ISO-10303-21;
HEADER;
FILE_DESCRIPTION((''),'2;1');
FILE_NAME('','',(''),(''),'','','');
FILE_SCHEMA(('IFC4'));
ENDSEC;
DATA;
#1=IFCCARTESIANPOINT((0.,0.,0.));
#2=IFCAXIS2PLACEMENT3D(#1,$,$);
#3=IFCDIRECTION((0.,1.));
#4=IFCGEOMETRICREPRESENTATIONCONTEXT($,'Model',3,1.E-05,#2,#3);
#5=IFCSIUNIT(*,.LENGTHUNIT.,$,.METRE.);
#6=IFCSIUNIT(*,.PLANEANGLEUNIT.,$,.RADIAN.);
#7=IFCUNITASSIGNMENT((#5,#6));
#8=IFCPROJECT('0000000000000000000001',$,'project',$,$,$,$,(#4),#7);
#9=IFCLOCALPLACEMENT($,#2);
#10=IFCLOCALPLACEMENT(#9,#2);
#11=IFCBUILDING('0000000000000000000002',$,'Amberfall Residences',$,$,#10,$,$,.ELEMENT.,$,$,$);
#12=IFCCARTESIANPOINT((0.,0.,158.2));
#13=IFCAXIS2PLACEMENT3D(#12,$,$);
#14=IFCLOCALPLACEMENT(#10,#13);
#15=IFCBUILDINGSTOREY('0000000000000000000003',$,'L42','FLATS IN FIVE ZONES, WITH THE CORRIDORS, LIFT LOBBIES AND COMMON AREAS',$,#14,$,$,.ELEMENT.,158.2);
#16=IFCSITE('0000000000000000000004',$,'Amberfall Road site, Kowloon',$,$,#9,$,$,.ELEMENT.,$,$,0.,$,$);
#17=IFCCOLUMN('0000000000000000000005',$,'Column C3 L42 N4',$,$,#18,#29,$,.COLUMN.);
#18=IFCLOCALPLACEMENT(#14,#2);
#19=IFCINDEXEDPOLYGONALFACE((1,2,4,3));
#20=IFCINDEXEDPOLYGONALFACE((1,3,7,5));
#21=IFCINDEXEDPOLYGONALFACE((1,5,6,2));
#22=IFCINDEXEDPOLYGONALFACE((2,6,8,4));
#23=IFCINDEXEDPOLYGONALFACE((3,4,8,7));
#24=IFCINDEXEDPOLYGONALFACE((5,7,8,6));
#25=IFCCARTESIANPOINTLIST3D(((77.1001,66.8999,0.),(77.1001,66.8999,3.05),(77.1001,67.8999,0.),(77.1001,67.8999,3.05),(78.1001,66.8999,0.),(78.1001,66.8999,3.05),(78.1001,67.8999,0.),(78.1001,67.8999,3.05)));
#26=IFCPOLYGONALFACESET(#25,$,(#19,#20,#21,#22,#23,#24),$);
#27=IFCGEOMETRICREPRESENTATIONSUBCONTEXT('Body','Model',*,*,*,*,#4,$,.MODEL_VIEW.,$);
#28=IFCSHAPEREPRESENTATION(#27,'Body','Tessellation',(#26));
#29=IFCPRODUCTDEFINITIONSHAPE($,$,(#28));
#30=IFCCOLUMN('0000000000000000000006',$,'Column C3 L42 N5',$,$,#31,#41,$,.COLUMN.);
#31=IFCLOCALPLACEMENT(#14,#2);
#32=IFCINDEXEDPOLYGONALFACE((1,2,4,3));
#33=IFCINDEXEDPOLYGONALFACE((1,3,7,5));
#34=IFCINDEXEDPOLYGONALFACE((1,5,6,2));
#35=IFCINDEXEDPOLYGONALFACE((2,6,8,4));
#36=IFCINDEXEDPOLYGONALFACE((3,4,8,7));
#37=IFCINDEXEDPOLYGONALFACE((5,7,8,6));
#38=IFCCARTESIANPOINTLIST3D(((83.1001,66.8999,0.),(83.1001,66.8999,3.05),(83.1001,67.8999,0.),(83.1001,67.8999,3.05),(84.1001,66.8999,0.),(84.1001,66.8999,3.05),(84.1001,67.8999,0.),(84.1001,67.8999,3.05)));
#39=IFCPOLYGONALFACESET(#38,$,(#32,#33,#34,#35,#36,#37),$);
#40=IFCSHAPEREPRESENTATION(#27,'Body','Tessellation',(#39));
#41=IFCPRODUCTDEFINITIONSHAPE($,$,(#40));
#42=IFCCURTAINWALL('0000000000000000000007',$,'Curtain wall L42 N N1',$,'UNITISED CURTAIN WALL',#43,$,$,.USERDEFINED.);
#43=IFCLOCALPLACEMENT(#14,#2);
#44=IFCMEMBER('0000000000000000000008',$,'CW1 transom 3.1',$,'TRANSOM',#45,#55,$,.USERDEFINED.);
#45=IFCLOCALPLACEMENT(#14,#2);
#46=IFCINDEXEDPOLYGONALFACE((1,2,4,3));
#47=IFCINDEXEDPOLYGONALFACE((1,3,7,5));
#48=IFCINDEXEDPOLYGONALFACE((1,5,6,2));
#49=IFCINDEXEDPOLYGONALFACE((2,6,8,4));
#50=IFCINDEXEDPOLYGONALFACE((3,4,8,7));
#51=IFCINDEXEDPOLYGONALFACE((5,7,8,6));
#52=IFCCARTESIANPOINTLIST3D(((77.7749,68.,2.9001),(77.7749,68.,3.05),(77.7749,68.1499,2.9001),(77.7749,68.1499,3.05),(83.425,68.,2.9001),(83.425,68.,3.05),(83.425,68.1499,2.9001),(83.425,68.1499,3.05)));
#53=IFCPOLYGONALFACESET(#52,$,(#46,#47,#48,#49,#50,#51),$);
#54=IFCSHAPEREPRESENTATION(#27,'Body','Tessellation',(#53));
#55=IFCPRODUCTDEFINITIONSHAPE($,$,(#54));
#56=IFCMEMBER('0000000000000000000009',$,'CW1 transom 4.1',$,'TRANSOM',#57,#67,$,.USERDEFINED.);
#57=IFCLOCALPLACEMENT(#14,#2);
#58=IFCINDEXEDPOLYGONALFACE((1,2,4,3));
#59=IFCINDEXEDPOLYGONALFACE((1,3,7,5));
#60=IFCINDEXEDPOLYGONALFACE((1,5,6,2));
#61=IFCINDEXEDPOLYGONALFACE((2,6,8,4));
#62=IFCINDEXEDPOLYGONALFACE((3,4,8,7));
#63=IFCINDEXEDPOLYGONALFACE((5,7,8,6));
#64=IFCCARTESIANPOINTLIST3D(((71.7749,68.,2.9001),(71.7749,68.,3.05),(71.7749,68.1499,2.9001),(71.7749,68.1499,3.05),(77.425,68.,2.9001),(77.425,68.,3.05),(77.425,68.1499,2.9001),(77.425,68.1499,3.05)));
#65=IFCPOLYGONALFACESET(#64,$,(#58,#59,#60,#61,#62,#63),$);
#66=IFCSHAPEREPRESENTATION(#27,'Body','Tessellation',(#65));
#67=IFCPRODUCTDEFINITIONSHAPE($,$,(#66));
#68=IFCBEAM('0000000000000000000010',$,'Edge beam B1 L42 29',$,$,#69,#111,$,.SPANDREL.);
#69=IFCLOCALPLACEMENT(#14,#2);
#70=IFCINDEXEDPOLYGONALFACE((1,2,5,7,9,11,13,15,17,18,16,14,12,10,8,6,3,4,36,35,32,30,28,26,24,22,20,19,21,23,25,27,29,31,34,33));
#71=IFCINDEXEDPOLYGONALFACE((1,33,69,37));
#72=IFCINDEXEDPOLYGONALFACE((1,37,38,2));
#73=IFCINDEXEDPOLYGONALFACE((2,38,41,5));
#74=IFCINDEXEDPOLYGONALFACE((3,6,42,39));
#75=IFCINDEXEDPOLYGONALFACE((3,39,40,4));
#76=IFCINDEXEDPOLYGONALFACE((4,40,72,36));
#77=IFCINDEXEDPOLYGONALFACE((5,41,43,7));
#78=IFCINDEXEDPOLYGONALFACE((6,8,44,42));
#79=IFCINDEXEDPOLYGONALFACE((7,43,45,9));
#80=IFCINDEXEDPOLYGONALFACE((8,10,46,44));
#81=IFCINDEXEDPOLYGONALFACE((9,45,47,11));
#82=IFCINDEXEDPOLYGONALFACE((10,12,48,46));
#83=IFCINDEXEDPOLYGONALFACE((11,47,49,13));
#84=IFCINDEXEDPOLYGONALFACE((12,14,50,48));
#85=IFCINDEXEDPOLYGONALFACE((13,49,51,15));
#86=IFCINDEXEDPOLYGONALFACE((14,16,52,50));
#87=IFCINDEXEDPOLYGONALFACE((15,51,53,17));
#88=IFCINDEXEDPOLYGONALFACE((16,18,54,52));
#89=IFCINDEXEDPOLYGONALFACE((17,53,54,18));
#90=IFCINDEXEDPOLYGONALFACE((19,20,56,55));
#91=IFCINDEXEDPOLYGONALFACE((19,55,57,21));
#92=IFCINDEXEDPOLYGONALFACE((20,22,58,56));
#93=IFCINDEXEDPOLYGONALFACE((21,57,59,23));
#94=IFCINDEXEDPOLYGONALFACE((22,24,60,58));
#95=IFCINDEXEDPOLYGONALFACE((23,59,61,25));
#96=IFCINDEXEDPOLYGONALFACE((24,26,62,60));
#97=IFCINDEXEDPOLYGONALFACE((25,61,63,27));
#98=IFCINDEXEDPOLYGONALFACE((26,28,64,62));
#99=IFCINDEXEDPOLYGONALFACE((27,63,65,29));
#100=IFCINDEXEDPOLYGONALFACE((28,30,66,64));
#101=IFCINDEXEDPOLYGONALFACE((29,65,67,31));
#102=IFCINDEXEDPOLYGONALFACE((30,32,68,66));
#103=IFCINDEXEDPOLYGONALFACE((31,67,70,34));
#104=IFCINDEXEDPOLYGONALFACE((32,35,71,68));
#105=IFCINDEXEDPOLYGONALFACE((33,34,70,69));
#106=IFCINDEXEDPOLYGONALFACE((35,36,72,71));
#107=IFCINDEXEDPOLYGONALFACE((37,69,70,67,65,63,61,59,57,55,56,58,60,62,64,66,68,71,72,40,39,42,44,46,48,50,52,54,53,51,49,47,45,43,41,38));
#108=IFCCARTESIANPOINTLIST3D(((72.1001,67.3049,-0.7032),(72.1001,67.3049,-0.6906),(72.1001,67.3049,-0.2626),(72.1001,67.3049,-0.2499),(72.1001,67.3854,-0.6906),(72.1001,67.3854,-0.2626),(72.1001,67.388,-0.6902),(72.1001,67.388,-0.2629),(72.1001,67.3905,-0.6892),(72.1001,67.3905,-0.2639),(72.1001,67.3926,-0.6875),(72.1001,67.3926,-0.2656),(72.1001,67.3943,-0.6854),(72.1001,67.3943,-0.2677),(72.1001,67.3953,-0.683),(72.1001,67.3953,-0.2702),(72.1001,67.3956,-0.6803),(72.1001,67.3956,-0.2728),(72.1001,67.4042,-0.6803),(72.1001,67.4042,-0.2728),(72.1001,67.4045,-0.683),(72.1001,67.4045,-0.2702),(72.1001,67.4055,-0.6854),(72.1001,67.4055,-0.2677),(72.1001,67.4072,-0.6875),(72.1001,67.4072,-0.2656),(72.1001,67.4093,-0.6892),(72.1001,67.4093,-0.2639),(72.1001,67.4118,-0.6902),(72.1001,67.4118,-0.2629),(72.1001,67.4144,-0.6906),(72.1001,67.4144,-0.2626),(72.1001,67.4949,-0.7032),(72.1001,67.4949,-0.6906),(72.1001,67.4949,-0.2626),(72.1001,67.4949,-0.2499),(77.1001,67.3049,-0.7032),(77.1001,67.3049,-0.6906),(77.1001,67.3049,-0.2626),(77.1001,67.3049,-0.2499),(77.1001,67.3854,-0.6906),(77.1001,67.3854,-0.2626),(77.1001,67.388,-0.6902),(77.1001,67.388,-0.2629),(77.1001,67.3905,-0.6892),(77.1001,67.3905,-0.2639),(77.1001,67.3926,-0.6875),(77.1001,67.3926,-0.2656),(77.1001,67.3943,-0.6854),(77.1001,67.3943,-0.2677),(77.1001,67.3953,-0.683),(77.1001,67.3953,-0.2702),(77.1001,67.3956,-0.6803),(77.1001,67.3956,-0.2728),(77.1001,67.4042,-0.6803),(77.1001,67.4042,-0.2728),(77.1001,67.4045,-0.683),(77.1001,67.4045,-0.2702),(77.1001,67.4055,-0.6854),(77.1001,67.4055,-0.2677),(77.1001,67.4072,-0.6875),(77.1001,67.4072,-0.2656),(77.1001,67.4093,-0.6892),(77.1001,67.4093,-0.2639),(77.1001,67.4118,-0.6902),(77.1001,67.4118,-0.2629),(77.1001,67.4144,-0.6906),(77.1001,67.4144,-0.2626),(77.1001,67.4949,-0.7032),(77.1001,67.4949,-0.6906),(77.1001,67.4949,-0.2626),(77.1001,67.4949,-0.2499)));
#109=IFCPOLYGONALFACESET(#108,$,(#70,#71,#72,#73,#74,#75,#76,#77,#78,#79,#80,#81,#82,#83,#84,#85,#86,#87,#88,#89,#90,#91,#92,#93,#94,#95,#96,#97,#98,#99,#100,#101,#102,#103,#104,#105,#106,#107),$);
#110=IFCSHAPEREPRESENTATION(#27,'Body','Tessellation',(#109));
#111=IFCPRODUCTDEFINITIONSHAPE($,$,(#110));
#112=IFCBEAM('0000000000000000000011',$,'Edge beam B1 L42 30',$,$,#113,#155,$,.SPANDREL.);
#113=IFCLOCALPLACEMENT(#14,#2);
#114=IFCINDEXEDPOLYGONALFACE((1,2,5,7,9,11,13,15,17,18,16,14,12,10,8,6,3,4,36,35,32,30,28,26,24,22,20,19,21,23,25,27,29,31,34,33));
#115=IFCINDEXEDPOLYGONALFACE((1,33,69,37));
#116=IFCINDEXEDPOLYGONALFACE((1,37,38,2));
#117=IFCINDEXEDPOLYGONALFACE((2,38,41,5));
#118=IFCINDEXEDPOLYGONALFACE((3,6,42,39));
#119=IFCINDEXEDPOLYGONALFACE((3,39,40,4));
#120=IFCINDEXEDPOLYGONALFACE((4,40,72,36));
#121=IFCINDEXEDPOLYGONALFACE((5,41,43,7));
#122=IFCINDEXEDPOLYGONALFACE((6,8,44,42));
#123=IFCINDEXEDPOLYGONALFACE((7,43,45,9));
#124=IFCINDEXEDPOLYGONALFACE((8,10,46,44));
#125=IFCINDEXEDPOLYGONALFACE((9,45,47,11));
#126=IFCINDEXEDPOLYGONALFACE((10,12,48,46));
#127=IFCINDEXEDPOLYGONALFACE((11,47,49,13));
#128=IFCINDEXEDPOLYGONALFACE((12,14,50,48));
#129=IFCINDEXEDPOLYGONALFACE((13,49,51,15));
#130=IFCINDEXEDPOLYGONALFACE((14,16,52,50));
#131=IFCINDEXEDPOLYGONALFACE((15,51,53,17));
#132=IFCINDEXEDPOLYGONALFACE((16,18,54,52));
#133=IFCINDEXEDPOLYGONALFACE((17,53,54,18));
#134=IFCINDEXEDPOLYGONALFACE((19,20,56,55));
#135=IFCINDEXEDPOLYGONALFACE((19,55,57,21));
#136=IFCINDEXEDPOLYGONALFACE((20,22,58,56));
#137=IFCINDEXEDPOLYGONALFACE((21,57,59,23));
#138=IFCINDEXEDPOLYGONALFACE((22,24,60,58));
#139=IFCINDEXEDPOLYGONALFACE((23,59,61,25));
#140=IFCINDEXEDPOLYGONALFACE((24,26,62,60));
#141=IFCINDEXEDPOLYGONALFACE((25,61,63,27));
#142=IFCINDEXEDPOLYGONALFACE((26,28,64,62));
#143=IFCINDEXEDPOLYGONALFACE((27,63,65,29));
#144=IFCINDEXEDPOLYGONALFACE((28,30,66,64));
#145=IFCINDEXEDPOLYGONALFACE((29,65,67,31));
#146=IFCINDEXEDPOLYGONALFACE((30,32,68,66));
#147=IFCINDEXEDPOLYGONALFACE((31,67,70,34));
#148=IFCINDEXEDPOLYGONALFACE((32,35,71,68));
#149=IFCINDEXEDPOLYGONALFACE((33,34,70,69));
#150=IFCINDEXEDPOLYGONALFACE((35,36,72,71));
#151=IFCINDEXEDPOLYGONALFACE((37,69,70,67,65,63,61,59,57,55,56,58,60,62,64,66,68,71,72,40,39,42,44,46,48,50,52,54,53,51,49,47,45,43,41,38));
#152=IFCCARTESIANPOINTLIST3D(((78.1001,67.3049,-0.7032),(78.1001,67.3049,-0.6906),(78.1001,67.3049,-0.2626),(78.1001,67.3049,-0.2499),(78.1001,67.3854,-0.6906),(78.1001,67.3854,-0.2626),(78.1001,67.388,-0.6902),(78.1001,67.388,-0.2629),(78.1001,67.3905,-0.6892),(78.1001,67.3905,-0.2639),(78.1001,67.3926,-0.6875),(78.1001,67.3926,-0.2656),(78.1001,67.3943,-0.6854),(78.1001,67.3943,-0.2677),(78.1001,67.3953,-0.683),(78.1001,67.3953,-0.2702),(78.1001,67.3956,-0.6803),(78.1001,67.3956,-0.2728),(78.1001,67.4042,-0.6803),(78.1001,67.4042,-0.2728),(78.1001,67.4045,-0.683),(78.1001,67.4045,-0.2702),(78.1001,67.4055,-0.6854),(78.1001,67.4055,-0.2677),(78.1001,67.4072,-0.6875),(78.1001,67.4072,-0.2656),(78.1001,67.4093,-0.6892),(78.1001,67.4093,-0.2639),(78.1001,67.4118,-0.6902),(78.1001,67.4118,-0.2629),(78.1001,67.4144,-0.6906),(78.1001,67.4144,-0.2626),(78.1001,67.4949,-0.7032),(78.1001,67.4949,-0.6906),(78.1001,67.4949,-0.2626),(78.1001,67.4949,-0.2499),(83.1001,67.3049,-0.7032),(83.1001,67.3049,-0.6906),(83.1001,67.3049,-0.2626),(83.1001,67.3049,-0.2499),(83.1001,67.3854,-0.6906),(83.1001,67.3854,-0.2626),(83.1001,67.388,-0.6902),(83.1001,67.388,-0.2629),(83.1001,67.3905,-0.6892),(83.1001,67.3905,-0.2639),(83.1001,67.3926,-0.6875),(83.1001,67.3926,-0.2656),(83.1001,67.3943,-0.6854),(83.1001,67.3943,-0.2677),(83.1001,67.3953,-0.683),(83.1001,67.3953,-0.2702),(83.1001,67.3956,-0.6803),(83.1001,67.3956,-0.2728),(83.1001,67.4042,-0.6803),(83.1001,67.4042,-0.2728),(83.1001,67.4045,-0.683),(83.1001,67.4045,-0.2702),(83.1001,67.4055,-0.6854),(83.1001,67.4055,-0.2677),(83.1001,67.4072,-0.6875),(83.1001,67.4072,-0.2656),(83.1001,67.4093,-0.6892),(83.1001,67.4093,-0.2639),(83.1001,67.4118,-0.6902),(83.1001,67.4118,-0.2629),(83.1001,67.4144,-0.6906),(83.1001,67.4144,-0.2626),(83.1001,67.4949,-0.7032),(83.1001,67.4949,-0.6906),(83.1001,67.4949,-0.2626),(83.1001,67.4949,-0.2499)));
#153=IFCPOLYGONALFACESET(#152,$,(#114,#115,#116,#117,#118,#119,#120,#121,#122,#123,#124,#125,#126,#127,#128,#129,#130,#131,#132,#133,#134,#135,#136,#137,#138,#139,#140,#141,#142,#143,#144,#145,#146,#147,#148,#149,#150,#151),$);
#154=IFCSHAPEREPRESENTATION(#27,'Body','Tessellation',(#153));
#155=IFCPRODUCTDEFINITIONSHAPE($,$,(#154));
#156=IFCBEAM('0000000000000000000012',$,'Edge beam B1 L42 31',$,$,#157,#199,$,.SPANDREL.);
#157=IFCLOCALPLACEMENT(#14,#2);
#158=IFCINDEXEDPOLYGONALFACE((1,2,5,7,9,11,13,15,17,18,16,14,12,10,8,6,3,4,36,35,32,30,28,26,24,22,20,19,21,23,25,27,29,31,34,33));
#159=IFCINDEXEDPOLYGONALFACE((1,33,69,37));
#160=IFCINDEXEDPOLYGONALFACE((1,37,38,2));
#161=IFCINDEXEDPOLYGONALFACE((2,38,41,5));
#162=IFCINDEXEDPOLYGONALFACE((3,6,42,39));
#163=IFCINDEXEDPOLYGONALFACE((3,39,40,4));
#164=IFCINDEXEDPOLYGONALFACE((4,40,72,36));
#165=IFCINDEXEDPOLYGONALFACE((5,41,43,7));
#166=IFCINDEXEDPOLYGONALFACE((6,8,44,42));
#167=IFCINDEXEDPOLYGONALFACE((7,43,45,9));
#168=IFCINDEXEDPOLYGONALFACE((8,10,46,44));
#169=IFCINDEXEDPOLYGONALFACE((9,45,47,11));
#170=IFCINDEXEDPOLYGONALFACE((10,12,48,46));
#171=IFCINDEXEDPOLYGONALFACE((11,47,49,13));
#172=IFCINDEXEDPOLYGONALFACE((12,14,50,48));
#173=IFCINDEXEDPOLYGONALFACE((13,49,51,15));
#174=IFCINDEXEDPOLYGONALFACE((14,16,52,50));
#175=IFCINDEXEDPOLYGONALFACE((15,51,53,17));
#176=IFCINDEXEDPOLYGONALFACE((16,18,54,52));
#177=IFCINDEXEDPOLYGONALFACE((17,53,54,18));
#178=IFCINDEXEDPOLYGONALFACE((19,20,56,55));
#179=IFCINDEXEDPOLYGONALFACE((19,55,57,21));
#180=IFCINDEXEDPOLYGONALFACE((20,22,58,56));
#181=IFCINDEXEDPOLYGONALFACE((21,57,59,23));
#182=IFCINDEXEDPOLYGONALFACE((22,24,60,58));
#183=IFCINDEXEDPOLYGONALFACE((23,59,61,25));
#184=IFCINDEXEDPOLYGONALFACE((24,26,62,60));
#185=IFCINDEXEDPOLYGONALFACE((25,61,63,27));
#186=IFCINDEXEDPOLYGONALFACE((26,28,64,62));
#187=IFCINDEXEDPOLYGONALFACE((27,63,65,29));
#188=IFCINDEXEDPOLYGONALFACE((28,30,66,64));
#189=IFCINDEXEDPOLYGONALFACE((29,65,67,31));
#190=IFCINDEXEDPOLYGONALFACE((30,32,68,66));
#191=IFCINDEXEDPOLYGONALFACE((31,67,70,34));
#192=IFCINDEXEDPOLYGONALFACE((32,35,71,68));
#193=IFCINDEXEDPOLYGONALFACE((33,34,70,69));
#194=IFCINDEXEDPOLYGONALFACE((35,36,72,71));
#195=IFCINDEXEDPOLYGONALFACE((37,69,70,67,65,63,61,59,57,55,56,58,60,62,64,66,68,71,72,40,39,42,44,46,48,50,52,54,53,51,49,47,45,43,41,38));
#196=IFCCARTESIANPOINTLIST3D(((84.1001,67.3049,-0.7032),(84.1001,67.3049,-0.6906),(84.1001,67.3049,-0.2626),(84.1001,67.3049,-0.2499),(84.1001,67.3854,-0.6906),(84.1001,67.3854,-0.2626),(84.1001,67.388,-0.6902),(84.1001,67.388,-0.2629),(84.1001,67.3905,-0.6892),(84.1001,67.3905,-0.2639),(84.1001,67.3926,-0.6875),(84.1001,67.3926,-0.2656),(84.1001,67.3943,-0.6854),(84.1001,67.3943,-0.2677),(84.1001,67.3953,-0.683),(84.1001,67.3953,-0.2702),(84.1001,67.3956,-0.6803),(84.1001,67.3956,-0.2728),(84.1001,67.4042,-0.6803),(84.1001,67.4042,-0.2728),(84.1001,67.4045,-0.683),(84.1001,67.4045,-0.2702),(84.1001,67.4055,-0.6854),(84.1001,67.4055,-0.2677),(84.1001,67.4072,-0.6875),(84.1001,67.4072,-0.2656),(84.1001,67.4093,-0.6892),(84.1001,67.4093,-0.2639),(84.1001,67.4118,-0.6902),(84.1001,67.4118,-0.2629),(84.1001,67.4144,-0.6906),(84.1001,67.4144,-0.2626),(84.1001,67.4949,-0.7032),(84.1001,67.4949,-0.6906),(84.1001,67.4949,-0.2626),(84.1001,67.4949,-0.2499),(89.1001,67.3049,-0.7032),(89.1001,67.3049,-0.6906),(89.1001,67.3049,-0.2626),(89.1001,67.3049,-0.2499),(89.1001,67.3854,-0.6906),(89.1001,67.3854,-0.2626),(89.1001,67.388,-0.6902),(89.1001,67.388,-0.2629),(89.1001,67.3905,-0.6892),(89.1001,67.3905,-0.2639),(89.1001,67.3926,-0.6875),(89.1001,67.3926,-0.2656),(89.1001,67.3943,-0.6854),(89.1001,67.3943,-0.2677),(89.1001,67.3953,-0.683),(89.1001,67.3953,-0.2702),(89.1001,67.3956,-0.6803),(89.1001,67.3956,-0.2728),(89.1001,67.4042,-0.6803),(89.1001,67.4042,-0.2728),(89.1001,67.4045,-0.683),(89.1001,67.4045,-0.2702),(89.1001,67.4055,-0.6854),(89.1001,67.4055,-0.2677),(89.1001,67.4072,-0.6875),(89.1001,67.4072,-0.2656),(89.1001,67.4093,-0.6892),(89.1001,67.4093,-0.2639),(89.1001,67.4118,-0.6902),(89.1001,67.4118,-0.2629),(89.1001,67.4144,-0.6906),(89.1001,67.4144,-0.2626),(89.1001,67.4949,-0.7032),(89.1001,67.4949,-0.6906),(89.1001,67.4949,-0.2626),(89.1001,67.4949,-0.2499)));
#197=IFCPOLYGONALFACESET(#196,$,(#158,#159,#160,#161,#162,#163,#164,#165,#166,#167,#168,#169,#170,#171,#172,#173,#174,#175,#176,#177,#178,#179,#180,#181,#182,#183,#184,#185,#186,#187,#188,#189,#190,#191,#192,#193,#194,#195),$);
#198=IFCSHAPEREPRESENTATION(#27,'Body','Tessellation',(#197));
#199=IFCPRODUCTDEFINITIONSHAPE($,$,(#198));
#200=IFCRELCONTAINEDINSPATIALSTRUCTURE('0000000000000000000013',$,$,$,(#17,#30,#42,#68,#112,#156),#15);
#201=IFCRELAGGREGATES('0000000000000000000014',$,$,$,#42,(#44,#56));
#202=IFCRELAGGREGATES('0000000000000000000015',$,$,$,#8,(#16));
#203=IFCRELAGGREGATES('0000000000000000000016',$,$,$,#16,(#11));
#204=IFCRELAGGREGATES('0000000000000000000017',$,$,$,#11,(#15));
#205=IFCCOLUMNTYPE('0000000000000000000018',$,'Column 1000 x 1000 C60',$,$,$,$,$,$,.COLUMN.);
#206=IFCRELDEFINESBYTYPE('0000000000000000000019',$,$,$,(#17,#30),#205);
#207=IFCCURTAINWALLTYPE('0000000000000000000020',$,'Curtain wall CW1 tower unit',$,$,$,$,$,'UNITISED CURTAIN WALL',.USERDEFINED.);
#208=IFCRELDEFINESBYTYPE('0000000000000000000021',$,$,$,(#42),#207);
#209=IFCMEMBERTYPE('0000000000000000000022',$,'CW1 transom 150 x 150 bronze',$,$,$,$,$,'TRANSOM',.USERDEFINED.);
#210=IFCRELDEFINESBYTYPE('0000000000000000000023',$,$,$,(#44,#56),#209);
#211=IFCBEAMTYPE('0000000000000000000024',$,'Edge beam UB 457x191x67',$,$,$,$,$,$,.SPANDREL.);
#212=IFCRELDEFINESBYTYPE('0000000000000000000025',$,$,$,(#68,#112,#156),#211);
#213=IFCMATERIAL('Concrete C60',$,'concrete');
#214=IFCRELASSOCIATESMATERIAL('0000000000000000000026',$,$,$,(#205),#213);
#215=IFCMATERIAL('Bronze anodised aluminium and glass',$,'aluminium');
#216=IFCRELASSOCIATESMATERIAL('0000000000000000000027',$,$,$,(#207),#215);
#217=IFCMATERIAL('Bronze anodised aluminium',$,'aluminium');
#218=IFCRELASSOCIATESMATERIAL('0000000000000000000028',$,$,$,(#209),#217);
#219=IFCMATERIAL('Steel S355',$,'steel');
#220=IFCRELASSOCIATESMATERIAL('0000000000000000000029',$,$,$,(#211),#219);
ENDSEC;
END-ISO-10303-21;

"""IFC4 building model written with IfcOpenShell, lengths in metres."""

from ifc_helpers import new_model, si_unit, direction, frame, origin, origin_2d, place, context, subcontext, project, spatial, rectangle, i_section, extrude, material, material_profile, profile_set, type_object, element, aggregate, save


model = new_model("IFC4")

# Units and contexts
model_context = context("Model", 3, precision=1e-05, world=origin(), true_north=direction((0.0, 1.0)))
body_context = subcontext(model_context, "Body", "Model", "MODEL_VIEW")
ifc_project = project(units=[si_unit("LENGTHUNIT", "METRE"), si_unit("PLANEANGLEUNIT", "RADIAN")], contexts=[model_context])

# Site, building, storey
site_placement = place(None, origin())
site = spatial("IfcSite", under=ifc_project, at=site_placement, Name="Amberfall Road site, Kowloon", CompositionType="ELEMENT", RefElevation=0.0)
building_placement = place(site_placement, origin())
building = spatial("IfcBuilding", under=site, at=building_placement, Name="Amberfall Residences", CompositionType="ELEMENT")
storey_placement = place(building_placement, frame((0.0, 0.0, 158.2)))
storey = spatial("IfcBuildingStorey", under=building, at=storey_placement, Name="L42", Description="FLATS IN FIVE ZONES, WITH THE CORRIDORS, LIFT LOBBIES AND COMMON AREAS", CompositionType="ELEMENT", Elevation=158.2)

# Columns
ifc_material_1 = material(Name="Concrete C60", Category="concrete")
ifc_material_profile_1 = material_profile(ifc_material_1, rectangle(XDim=1.0, YDim=1.0, at=origin_2d()), Name="Column 1000 x 1000 C60")
ifc_profile_set_1 = profile_set([ifc_material_profile_1], Name="Concrete C60")
column_type = type_object("IfcColumnType", Name="Column 1000 x 1000 C60", PredefinedType="COLUMN", material=ifc_profile_set_1)
for number, where, z_axis, x_axis, name in (
    (1, (77.6001, 67.3999, 0.0), (0.0, 0.0, 1.0), (1.0, 0.0, 0.0), "Column C3 L42 N4"),
    (2, (83.6001, 67.3999, 0.0), (0.0, 0.0, 1.0), (1.0, 0.0, 0.0), "Column C3 L42 N5"),
):
    element("IfcColumn", number, at=place(storey_placement, frame(where, z_axis=z_axis, x_axis=x_axis)), inside=storey, type_object=column_type, Name=name, PredefinedType="COLUMN", context=body_context, shape_type="SweptSolid", body=[
        extrude(rectangle(XDim=1.0, YDim=1.0, at=origin_2d()), origin(), (0.0, 0.0, 1.0), 3.05),
    ])

# Curtain wall, members
ifc_material_2 = material(Name="Bronze anodised aluminium and glass", Category="aluminium")
curtain_wall_type = type_object("IfcCurtainWallType", Name="Curtain wall CW1 tower unit", ElementType="UNITISED CURTAIN WALL", PredefinedType="USERDEFINED", material=ifc_material_2)
curtain_wall_placement = place(storey_placement, origin())
curtain_wall = element("IfcCurtainWall", 3, at=curtain_wall_placement, inside=storey, type_object=curtain_wall_type, Name="Curtain wall L42 N N1", ObjectType="UNITISED CURTAIN WALL", PredefinedType="USERDEFINED")
ifc_material_3 = material(Name="Bronze anodised aluminium", Category="aluminium")
ifc_material_profile_2 = material_profile(ifc_material_3, rectangle(XDim=0.1499, YDim=0.1499, at=origin_2d()), Name="CW1 transom 150 x 150 bronze")
ifc_profile_set_2 = profile_set([ifc_material_profile_2], Name="Bronze anodised aluminium")
member_type_1 = type_object("IfcMemberType", Name="CW1 transom 150 x 150 bronze", ElementType="TRANSOM", PredefinedType="USERDEFINED", material=ifc_profile_set_2)
member_1_placement = place(storey_placement, frame((83.425, 68.075, 2.9751), z_axis=(-1.0, 0.0, 0.0), x_axis=(0.0, -1.0, 0.0)))
member_1 = element("IfcMember", 4, at=member_1_placement, type_object=member_type_1, Name="CW1 transom 3.1", ObjectType="TRANSOM", PredefinedType="USERDEFINED", context=body_context, shape_type="SweptSolid", body=[
    extrude(rectangle(XDim=0.1499, YDim=0.1499, at=origin_2d()), origin(), (0.0, 0.0, 1.0), 5.6501),
])
member_2_placement = place(storey_placement, frame((77.425, 68.075, 2.9751), z_axis=(-1.0, 0.0, 0.0), x_axis=(0.0, -1.0, 0.0)))
member_2 = element("IfcMember", 5, at=member_2_placement, type_object=member_type_1, Name="CW1 transom 4.1", ObjectType="TRANSOM", PredefinedType="USERDEFINED", context=body_context, shape_type="SweptSolid", body=[
    extrude(rectangle(XDim=0.1499, YDim=0.1499, at=origin_2d()), origin(), (0.0, 0.0, 1.0), 5.6501),
])

# Beams
ifc_material_4 = material(Name="Steel S355", Category="steel")
ifc_material_profile_3 = material_profile(ifc_material_4, i_section(OverallWidth=0.1899, OverallDepth=0.4534, WebThickness=0.0085, FlangeThickness=0.0127, FilletRadius=0.0103, at=origin_2d()), Name="UB 457x191x67")
ifc_profile_set_3 = profile_set([ifc_material_profile_3], Name="Steel S355")
beam_type_1 = type_object("IfcBeamType", Name="Edge beam UB 457x191x67", PredefinedType="SPANDREL", material=ifc_profile_set_3)
for number, where, z_axis, x_axis, name in (
    (6, (72.1001, 67.3999, -0.4766), (1.0, 0.0, 0.0), (0.0, 1.0, 0.0), "Edge beam B1 L42 29"),
    (7, (78.1001, 67.3999, -0.4766), (1.0, 0.0, 0.0), (0.0, 1.0, 0.0), "Edge beam B1 L42 30"),
    (8, (84.1001, 67.3999, -0.4766), (1.0, 0.0, 0.0), (0.0, 1.0, 0.0), "Edge beam B1 L42 31"),
):
    element("IfcBeam", number, at=place(storey_placement, frame(where, z_axis=z_axis, x_axis=x_axis)), inside=storey, type_object=beam_type_1, Name=name, PredefinedType="SPANDREL", context=body_context, shape_type="SweptSolid", body=[
        extrude(i_section(OverallWidth=0.1899, OverallDepth=0.4534, WebThickness=0.0085, FlangeThickness=0.0127, FilletRadius=0.0103, at=origin_2d()), origin(), (0.0, 0.0, 1.0), 5.0),
    ])

aggregate(curtain_wall, [member_1, member_2])

save(model, "model.ifc")
